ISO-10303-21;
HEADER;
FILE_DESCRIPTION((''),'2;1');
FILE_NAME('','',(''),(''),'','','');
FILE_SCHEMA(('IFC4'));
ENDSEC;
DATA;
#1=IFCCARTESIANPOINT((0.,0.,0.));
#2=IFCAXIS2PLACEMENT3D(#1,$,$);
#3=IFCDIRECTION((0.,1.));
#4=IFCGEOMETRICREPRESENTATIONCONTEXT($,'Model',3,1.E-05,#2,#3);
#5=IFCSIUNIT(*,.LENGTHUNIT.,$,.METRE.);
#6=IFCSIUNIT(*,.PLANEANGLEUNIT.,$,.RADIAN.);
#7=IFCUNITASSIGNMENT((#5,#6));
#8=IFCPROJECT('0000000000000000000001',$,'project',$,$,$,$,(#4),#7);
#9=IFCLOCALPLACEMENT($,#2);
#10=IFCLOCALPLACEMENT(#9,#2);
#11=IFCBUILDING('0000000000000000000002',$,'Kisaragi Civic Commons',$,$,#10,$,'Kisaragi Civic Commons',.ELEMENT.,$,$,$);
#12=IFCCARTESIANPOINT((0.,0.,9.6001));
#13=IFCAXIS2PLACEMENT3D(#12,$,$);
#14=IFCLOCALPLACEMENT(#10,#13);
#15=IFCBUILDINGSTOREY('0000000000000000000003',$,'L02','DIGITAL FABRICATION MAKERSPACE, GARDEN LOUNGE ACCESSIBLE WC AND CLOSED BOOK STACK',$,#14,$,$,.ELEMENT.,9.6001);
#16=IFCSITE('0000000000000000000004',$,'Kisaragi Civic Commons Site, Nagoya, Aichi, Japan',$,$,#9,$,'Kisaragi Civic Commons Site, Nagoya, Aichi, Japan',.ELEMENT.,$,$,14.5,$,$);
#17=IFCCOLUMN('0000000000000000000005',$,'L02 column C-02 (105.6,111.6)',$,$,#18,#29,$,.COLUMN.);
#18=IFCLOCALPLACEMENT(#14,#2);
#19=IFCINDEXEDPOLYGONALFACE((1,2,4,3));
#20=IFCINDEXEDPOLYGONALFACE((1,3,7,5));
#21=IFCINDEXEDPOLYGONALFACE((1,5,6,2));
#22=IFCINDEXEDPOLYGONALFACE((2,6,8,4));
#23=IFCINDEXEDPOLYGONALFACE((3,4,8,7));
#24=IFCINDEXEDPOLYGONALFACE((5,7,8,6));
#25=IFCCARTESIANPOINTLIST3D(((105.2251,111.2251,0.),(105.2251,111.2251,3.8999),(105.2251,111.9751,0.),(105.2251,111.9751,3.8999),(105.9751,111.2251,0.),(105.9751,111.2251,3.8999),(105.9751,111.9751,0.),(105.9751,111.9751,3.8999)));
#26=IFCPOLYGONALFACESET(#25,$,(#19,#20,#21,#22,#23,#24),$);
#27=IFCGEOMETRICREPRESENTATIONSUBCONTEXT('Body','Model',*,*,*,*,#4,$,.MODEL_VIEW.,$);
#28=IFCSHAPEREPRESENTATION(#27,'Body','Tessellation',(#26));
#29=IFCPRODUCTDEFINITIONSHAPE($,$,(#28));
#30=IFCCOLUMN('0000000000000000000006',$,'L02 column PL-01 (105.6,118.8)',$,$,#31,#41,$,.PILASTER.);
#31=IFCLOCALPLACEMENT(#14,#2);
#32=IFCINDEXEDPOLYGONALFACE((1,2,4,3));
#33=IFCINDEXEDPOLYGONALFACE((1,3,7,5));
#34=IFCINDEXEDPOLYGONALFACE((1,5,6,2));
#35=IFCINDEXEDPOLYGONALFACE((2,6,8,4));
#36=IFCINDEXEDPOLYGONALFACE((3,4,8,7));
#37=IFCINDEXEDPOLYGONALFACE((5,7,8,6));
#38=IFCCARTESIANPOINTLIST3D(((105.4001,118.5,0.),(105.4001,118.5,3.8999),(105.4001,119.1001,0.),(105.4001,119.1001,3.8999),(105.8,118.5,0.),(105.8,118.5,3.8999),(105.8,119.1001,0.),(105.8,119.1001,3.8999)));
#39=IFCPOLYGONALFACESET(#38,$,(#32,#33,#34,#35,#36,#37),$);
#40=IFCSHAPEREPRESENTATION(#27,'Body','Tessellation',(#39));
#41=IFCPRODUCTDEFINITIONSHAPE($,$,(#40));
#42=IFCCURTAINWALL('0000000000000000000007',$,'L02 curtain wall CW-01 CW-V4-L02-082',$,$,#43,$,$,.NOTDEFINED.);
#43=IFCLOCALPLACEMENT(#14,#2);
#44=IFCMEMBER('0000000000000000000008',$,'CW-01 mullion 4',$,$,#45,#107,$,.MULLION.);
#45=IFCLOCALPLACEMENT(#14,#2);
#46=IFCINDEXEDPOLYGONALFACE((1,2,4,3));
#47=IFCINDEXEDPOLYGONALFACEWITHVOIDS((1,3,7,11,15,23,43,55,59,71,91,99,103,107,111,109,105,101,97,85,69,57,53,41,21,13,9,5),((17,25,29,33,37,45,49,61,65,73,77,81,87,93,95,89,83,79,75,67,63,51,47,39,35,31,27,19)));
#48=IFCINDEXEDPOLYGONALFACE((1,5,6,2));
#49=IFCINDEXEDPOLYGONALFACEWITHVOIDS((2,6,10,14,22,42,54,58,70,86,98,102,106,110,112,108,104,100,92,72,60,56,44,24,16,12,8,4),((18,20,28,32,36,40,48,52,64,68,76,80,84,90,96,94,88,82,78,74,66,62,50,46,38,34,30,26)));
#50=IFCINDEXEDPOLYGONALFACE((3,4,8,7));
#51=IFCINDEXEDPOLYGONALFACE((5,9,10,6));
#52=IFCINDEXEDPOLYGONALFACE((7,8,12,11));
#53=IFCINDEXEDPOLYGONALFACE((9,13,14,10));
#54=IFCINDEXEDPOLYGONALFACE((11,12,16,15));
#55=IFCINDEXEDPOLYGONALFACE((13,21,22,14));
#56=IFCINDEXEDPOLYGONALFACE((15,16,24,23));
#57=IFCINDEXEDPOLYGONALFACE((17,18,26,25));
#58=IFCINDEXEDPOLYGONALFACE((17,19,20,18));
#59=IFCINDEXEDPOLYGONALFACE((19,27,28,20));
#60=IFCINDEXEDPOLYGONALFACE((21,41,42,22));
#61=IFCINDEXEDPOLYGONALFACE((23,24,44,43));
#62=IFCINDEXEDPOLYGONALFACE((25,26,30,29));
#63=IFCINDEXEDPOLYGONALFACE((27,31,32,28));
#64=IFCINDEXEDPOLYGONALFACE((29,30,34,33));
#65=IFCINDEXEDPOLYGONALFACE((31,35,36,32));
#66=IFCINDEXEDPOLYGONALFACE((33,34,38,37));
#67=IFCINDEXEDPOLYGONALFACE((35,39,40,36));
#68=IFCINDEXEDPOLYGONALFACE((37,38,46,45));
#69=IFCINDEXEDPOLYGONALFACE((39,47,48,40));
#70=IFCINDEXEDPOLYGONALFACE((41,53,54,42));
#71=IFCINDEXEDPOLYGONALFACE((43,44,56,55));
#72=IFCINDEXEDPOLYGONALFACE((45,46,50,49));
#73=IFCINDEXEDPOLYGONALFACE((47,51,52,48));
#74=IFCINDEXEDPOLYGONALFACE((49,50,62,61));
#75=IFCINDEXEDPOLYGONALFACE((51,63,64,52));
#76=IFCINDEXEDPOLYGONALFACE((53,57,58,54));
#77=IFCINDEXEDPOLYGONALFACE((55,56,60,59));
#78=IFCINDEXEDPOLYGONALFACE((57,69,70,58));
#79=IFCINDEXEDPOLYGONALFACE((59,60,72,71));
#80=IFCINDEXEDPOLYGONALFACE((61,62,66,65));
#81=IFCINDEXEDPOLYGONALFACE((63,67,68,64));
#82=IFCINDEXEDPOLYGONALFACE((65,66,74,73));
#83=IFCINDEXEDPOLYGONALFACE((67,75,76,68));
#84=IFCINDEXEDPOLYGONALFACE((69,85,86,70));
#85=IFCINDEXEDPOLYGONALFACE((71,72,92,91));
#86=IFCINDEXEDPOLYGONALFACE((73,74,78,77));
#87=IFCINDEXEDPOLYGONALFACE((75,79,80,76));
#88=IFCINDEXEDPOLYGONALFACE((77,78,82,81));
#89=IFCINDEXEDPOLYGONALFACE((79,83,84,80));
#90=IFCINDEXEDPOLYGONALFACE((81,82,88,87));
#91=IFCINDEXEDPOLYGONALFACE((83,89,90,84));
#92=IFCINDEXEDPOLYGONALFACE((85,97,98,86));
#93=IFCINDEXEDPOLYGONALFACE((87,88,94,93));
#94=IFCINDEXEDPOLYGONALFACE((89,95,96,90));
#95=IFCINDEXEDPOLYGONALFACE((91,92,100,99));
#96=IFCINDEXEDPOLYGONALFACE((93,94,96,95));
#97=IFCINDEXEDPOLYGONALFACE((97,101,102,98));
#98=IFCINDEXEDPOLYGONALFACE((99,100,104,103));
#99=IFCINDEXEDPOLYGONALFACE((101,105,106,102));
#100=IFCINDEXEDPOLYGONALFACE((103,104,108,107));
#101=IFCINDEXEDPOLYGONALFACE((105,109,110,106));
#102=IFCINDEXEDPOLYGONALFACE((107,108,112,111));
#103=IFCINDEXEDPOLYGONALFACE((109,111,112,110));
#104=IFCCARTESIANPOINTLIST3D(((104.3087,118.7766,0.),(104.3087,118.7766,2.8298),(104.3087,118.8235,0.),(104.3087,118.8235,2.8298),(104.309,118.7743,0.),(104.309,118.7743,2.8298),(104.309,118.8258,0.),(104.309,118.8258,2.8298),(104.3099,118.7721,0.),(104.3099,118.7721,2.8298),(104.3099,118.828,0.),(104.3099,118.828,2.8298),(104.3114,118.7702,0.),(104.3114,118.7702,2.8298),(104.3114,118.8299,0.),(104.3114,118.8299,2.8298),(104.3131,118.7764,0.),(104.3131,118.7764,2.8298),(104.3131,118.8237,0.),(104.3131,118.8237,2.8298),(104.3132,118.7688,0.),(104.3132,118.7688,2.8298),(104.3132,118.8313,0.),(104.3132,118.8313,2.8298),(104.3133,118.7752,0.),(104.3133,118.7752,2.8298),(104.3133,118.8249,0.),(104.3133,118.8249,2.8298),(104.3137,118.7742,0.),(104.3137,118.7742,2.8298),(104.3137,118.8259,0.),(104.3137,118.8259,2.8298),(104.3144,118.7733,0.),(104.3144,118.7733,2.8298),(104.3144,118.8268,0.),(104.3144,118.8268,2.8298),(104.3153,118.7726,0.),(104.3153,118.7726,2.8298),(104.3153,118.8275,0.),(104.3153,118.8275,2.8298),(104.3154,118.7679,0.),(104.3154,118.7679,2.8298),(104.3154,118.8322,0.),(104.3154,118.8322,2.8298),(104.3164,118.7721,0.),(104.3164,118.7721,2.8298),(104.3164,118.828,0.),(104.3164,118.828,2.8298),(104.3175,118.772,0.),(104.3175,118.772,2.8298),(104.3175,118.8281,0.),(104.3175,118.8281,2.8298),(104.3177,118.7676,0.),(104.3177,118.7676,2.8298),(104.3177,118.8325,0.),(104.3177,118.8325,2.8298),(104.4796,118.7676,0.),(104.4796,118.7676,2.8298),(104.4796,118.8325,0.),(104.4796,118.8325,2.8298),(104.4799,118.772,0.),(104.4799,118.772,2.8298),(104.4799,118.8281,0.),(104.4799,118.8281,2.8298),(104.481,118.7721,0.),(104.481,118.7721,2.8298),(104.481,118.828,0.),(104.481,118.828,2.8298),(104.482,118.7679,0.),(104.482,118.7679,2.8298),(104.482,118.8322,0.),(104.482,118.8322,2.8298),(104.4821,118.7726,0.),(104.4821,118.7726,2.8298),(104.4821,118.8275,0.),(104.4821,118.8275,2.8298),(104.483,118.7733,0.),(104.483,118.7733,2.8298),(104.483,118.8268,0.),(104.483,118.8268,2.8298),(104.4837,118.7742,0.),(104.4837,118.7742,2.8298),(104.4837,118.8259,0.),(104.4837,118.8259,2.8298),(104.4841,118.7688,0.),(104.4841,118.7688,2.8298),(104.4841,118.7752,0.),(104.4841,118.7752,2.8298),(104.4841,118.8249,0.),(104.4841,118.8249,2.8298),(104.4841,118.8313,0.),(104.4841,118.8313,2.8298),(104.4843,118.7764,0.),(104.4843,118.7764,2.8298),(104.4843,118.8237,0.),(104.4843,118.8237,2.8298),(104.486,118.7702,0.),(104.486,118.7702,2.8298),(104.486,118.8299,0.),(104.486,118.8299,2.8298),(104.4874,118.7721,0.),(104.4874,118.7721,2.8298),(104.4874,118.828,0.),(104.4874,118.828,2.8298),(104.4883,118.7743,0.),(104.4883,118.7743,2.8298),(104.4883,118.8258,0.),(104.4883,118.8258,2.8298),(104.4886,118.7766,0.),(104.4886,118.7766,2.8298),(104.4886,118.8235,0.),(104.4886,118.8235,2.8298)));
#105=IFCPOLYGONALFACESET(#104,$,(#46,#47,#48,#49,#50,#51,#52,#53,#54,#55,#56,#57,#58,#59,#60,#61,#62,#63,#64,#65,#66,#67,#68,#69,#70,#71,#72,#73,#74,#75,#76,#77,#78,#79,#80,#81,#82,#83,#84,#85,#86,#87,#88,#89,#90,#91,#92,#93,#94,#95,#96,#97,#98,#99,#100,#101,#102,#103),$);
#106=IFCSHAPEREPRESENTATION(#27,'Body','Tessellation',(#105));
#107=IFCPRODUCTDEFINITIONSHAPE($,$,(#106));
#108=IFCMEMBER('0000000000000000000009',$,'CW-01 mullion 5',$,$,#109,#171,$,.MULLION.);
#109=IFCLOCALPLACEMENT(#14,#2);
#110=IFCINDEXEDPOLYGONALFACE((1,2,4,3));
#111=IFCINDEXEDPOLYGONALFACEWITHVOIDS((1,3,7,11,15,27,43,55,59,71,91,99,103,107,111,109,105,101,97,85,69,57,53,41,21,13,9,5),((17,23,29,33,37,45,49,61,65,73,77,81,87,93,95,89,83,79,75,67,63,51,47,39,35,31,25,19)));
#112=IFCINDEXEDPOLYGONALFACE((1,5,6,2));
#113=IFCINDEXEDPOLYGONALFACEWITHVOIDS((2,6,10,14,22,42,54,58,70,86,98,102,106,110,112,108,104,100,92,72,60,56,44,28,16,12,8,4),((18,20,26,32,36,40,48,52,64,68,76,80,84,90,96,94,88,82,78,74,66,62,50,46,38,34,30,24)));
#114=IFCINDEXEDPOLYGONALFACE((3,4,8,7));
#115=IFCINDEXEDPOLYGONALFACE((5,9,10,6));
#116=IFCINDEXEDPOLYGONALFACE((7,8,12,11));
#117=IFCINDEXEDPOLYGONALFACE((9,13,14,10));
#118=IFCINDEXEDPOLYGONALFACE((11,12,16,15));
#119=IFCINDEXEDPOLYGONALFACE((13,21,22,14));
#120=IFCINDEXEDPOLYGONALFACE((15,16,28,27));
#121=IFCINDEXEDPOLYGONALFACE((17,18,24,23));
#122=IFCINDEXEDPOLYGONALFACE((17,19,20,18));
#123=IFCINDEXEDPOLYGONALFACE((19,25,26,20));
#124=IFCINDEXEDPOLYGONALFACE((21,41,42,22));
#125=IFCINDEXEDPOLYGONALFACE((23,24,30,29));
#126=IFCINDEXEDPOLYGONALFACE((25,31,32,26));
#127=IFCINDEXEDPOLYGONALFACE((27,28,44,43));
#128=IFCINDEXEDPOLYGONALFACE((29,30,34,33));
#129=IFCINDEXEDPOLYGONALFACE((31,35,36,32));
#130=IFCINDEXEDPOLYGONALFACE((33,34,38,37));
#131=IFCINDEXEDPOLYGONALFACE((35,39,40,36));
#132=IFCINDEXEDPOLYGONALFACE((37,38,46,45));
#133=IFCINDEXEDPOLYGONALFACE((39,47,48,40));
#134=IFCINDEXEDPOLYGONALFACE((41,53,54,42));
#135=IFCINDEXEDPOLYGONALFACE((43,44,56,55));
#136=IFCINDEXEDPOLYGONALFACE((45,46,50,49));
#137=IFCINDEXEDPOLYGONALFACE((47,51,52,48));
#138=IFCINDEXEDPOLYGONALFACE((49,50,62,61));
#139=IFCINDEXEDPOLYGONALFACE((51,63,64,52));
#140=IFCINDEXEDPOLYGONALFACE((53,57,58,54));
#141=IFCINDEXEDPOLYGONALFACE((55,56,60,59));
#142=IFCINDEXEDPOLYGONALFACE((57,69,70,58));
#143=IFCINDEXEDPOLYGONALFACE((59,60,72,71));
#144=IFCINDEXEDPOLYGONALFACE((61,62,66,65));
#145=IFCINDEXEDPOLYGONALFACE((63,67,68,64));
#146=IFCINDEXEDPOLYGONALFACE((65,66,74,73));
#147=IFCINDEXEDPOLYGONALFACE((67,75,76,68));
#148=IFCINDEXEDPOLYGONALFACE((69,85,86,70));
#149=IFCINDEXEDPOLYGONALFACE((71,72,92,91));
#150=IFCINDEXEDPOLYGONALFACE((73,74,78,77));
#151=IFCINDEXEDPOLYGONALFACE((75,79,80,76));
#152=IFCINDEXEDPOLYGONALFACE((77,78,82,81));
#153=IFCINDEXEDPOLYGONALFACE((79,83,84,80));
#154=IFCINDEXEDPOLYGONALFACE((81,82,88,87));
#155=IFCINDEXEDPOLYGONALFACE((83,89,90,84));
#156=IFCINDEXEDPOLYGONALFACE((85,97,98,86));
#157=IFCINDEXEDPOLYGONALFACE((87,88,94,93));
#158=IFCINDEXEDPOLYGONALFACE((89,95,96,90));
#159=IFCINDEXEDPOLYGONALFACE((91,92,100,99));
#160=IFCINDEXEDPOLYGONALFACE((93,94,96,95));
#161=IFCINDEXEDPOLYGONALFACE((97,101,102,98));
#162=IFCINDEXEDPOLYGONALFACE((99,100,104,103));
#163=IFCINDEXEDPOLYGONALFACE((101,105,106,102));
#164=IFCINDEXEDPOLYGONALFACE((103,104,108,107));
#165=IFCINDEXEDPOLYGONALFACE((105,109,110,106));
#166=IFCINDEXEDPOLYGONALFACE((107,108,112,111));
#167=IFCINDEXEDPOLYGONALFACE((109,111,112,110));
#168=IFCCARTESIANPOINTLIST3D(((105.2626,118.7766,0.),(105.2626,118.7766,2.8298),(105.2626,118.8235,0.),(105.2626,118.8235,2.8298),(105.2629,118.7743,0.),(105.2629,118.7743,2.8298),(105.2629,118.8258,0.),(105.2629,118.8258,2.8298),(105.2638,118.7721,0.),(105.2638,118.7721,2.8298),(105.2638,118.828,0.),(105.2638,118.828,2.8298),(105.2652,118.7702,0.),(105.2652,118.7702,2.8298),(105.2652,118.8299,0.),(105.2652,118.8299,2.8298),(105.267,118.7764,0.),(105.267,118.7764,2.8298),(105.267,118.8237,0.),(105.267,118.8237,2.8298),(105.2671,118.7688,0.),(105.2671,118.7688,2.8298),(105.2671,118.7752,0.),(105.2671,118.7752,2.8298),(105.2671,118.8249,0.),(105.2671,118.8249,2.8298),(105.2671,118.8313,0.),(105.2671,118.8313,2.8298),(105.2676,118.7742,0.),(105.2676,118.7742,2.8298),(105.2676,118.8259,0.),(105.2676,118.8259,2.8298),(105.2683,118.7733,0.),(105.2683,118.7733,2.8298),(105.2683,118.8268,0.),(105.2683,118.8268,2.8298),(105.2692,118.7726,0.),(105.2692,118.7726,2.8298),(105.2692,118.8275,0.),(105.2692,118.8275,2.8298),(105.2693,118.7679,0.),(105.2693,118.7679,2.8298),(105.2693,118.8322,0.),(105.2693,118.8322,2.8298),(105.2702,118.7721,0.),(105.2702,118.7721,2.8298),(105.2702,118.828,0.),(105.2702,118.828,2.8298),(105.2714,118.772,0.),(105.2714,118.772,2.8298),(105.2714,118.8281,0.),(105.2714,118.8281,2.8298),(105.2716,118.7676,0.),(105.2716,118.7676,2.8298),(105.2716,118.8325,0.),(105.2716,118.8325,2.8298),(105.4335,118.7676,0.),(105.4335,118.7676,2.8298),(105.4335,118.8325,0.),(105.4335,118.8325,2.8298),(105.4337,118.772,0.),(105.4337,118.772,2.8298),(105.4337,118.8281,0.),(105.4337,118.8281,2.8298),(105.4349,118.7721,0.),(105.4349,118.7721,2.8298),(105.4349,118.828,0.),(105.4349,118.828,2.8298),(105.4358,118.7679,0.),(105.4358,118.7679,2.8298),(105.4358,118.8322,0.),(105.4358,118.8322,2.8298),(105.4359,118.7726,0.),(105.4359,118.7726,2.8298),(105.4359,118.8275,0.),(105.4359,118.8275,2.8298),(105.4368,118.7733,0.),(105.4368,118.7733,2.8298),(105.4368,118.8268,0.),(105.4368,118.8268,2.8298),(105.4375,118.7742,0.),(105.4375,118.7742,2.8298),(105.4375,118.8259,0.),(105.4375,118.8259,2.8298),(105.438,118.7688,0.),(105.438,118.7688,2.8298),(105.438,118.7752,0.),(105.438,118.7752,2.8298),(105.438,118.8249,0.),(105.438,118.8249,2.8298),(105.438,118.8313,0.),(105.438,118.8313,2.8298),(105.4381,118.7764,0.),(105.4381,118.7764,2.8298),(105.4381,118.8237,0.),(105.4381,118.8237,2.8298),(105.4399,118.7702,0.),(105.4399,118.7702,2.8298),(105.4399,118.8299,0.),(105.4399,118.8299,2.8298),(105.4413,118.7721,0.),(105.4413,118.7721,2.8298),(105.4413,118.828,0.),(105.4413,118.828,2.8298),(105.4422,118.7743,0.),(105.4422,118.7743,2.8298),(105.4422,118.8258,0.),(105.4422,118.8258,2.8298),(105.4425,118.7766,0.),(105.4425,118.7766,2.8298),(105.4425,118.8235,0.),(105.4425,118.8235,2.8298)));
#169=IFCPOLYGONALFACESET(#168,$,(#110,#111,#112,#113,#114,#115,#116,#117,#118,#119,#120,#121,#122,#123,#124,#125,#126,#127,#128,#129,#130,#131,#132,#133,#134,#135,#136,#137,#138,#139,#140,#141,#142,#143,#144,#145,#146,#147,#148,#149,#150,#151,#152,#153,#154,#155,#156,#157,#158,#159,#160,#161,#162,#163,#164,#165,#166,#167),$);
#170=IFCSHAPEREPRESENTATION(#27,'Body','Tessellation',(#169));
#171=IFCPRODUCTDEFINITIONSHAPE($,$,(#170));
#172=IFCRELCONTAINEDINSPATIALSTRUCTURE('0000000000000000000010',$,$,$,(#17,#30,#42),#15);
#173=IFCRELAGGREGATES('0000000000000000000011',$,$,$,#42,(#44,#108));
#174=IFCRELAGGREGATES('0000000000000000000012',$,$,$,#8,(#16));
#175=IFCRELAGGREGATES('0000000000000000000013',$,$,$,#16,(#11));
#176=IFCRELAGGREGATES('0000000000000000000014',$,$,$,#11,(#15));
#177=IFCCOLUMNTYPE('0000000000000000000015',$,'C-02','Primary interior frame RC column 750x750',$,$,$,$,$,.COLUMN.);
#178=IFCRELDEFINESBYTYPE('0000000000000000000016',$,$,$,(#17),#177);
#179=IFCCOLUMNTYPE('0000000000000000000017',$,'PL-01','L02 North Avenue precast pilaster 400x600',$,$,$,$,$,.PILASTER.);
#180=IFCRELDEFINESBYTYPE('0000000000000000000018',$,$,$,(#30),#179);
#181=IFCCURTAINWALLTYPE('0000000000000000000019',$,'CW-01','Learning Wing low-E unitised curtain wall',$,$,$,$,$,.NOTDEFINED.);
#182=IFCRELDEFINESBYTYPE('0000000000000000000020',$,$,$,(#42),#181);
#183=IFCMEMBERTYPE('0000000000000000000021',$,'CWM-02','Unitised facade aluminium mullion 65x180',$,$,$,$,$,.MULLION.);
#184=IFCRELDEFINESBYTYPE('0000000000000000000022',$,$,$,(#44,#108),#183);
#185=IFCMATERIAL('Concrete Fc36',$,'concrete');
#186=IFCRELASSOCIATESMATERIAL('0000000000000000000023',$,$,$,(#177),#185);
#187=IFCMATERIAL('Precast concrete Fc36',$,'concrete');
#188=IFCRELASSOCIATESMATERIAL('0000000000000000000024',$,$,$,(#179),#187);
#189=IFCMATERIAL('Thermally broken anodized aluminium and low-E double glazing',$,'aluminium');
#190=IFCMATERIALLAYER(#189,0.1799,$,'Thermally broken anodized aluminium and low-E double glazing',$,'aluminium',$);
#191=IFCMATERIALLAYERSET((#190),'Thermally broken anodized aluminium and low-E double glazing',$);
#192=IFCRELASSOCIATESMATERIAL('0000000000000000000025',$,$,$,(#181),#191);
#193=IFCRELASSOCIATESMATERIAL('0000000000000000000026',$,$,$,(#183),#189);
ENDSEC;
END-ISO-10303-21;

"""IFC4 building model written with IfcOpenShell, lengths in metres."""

from ifc_helpers import new_model, si_unit, direction, frame, origin, origin_2d, place, context, subcontext, project, spatial, rectangle, hollow_rectangle, extrude, material, layer, layer_set, material_profile, profile_set, type_object, element, aggregate, save


model = new_model("IFC4")

# Units and contexts
model_context = context("Model", 3, precision=1e-05, world=origin(), true_north=direction((0.0, 1.0)))
body_context = subcontext(model_context, "Body", "Model", "MODEL_VIEW")
ifc_project = project(units=[si_unit("LENGTHUNIT", "METRE"), si_unit("PLANEANGLEUNIT", "RADIAN")], contexts=[model_context])

# Site, building, storey
site_placement = place(None, origin())
site = spatial("IfcSite", under=ifc_project, at=site_placement, Name="Kisaragi Civic Commons Site, Nagoya, Aichi, Japan", LongName="Kisaragi Civic Commons Site, Nagoya, Aichi, Japan", CompositionType="ELEMENT", RefElevation=14.5)
building_placement = place(site_placement, origin())
building = spatial("IfcBuilding", under=site, at=building_placement, Name="Kisaragi Civic Commons", LongName="Kisaragi Civic Commons", CompositionType="ELEMENT")
storey_placement = place(building_placement, frame((0.0, 0.0, 9.6001)))
storey = spatial("IfcBuildingStorey", under=building, at=storey_placement, Name="L02", Description="DIGITAL FABRICATION MAKERSPACE, GARDEN LOUNGE ACCESSIBLE WC AND CLOSED BOOK STACK", CompositionType="ELEMENT", Elevation=9.6001)

# Columns
ifc_material_1 = material(Name="Concrete Fc36", Category="concrete")
ifc_material_profile_1 = material_profile(ifc_material_1, rectangle(XDim=0.75, YDim=0.75, at=origin_2d()), Name="RC-750x750", Category="concrete")
ifc_profile_set_1 = profile_set([ifc_material_profile_1], Name="Concrete Fc36")
column_type_1 = type_object("IfcColumnType", Name="C-02", Description="Primary interior frame RC column 750x750", PredefinedType="COLUMN", material=ifc_profile_set_1)
column_1_placement = place(storey_placement, frame((105.6001, 111.6001, 0.0), z_axis=(0.0, 0.0, 1.0), x_axis=(1.0, 0.0, 0.0)))
element("IfcColumn", 1, at=column_1_placement, inside=storey, type_object=column_type_1, Name="L02 column C-02 (105.6,111.6)", PredefinedType="COLUMN", context=body_context, shape_type="SweptSolid", body=[
    extrude(rectangle(XDim=0.75, YDim=0.75, at=origin_2d()), origin(), (0.0, 0.0, 1.0), 3.8999),
])
ifc_material_2 = material(Name="Precast concrete Fc36", Category="concrete")
ifc_material_profile_2 = material_profile(ifc_material_2, rectangle(XDim=0.3999, YDim=0.6001, at=origin_2d()), Name="RC-400x600", Category="concrete")
ifc_profile_set_2 = profile_set([ifc_material_profile_2], Name="Precast concrete Fc36")
column_type_2 = type_object("IfcColumnType", Name="PL-01", Description="L02 North Avenue precast pilaster 400x600", PredefinedType="PILASTER", material=ifc_profile_set_2)
column_2_placement = place(storey_placement, frame((105.6001, 118.8, 0.0), z_axis=(0.0, 0.0, 1.0), x_axis=(1.0, 0.0, 0.0)))
element("IfcColumn", 2, at=column_2_placement, inside=storey, type_object=column_type_2, Name="L02 column PL-01 (105.6,118.8)", PredefinedType="PILASTER", context=body_context, shape_type="SweptSolid", body=[
    extrude(rectangle(XDim=0.3999, YDim=0.6001, at=origin_2d()), origin(), (0.0, 0.0, 1.0), 3.8999),
])

# Curtain wall, members
ifc_material_3 = material(Name="Thermally broken anodized aluminium and low-E double glazing", Category="aluminium")
ifc_layer_1 = layer(ifc_material_3, 0.1799, Name="Thermally broken anodized aluminium and low-E double glazing", Category="aluminium")
ifc_layer_set_1 = layer_set([ifc_layer_1], Name="Thermally broken anodized aluminium and low-E double glazing")
curtain_wall_type = type_object("IfcCurtainWallType", Name="CW-01", Description="Learning Wing low-E unitised curtain wall", PredefinedType="NOTDEFINED", material=ifc_layer_set_1)
curtain_wall_1_placement = place(storey_placement, origin())
curtain_wall_1 = element("IfcCurtainWall", 3, at=curtain_wall_1_placement, inside=storey, type_object=curtain_wall_type, Name="L02 curtain wall CW-01 CW-V4-L02-082", PredefinedType="NOTDEFINED")
ifc_material_profile_3 = material_profile(ifc_material_3, hollow_rectangle(XDim=0.0649, YDim=0.1799, WallThickness=0.0044, InnerFilletRadius=0.0044, OuterFilletRadius=0.009, at=origin_2d()), Name="CWM-65x180x4.5", Category="aluminium")
ifc_profile_set_3 = profile_set([ifc_material_profile_3], Name="Thermally broken anodized aluminium and low-E double glazing")
member_type_1 = type_object("IfcMemberType", Name="CWM-02", Description="Unitised facade aluminium mullion 65x180", PredefinedType="MULLION", material=ifc_profile_set_3)
member_1_placement = place(storey_placement, frame((104.3987, 118.8, 0.0), z_axis=(0.0, 0.0, 1.0), x_axis=(0.0, 1.0, 0.0)))
member_1 = element("IfcMember", 4, at=member_1_placement, type_object=member_type_1, Name="CW-01 mullion 4", PredefinedType="MULLION", context=body_context, shape_type="SweptSolid", body=[
    extrude(hollow_rectangle(XDim=0.0649, YDim=0.1799, WallThickness=0.0044, InnerFilletRadius=0.0044, OuterFilletRadius=0.009, at=origin_2d()), origin(), (0.0, 0.0, 1.0), 2.8298),
])
member_2_placement = place(storey_placement, frame((105.3525, 118.8, 0.0), z_axis=(0.0, 0.0, 1.0), x_axis=(0.0, 1.0, 0.0)))
member_2 = element("IfcMember", 5, at=member_2_placement, type_object=member_type_1, Name="CW-01 mullion 5", PredefinedType="MULLION", context=body_context, shape_type="SweptSolid", body=[
    extrude(hollow_rectangle(XDim=0.0649, YDim=0.1799, WallThickness=0.0044, InnerFilletRadius=0.0044, OuterFilletRadius=0.009, at=origin_2d()), origin(), (0.0, 0.0, 1.0), 2.8298),
])

aggregate(curtain_wall_1, [member_1, member_2])

save(model, "model.ifc")
